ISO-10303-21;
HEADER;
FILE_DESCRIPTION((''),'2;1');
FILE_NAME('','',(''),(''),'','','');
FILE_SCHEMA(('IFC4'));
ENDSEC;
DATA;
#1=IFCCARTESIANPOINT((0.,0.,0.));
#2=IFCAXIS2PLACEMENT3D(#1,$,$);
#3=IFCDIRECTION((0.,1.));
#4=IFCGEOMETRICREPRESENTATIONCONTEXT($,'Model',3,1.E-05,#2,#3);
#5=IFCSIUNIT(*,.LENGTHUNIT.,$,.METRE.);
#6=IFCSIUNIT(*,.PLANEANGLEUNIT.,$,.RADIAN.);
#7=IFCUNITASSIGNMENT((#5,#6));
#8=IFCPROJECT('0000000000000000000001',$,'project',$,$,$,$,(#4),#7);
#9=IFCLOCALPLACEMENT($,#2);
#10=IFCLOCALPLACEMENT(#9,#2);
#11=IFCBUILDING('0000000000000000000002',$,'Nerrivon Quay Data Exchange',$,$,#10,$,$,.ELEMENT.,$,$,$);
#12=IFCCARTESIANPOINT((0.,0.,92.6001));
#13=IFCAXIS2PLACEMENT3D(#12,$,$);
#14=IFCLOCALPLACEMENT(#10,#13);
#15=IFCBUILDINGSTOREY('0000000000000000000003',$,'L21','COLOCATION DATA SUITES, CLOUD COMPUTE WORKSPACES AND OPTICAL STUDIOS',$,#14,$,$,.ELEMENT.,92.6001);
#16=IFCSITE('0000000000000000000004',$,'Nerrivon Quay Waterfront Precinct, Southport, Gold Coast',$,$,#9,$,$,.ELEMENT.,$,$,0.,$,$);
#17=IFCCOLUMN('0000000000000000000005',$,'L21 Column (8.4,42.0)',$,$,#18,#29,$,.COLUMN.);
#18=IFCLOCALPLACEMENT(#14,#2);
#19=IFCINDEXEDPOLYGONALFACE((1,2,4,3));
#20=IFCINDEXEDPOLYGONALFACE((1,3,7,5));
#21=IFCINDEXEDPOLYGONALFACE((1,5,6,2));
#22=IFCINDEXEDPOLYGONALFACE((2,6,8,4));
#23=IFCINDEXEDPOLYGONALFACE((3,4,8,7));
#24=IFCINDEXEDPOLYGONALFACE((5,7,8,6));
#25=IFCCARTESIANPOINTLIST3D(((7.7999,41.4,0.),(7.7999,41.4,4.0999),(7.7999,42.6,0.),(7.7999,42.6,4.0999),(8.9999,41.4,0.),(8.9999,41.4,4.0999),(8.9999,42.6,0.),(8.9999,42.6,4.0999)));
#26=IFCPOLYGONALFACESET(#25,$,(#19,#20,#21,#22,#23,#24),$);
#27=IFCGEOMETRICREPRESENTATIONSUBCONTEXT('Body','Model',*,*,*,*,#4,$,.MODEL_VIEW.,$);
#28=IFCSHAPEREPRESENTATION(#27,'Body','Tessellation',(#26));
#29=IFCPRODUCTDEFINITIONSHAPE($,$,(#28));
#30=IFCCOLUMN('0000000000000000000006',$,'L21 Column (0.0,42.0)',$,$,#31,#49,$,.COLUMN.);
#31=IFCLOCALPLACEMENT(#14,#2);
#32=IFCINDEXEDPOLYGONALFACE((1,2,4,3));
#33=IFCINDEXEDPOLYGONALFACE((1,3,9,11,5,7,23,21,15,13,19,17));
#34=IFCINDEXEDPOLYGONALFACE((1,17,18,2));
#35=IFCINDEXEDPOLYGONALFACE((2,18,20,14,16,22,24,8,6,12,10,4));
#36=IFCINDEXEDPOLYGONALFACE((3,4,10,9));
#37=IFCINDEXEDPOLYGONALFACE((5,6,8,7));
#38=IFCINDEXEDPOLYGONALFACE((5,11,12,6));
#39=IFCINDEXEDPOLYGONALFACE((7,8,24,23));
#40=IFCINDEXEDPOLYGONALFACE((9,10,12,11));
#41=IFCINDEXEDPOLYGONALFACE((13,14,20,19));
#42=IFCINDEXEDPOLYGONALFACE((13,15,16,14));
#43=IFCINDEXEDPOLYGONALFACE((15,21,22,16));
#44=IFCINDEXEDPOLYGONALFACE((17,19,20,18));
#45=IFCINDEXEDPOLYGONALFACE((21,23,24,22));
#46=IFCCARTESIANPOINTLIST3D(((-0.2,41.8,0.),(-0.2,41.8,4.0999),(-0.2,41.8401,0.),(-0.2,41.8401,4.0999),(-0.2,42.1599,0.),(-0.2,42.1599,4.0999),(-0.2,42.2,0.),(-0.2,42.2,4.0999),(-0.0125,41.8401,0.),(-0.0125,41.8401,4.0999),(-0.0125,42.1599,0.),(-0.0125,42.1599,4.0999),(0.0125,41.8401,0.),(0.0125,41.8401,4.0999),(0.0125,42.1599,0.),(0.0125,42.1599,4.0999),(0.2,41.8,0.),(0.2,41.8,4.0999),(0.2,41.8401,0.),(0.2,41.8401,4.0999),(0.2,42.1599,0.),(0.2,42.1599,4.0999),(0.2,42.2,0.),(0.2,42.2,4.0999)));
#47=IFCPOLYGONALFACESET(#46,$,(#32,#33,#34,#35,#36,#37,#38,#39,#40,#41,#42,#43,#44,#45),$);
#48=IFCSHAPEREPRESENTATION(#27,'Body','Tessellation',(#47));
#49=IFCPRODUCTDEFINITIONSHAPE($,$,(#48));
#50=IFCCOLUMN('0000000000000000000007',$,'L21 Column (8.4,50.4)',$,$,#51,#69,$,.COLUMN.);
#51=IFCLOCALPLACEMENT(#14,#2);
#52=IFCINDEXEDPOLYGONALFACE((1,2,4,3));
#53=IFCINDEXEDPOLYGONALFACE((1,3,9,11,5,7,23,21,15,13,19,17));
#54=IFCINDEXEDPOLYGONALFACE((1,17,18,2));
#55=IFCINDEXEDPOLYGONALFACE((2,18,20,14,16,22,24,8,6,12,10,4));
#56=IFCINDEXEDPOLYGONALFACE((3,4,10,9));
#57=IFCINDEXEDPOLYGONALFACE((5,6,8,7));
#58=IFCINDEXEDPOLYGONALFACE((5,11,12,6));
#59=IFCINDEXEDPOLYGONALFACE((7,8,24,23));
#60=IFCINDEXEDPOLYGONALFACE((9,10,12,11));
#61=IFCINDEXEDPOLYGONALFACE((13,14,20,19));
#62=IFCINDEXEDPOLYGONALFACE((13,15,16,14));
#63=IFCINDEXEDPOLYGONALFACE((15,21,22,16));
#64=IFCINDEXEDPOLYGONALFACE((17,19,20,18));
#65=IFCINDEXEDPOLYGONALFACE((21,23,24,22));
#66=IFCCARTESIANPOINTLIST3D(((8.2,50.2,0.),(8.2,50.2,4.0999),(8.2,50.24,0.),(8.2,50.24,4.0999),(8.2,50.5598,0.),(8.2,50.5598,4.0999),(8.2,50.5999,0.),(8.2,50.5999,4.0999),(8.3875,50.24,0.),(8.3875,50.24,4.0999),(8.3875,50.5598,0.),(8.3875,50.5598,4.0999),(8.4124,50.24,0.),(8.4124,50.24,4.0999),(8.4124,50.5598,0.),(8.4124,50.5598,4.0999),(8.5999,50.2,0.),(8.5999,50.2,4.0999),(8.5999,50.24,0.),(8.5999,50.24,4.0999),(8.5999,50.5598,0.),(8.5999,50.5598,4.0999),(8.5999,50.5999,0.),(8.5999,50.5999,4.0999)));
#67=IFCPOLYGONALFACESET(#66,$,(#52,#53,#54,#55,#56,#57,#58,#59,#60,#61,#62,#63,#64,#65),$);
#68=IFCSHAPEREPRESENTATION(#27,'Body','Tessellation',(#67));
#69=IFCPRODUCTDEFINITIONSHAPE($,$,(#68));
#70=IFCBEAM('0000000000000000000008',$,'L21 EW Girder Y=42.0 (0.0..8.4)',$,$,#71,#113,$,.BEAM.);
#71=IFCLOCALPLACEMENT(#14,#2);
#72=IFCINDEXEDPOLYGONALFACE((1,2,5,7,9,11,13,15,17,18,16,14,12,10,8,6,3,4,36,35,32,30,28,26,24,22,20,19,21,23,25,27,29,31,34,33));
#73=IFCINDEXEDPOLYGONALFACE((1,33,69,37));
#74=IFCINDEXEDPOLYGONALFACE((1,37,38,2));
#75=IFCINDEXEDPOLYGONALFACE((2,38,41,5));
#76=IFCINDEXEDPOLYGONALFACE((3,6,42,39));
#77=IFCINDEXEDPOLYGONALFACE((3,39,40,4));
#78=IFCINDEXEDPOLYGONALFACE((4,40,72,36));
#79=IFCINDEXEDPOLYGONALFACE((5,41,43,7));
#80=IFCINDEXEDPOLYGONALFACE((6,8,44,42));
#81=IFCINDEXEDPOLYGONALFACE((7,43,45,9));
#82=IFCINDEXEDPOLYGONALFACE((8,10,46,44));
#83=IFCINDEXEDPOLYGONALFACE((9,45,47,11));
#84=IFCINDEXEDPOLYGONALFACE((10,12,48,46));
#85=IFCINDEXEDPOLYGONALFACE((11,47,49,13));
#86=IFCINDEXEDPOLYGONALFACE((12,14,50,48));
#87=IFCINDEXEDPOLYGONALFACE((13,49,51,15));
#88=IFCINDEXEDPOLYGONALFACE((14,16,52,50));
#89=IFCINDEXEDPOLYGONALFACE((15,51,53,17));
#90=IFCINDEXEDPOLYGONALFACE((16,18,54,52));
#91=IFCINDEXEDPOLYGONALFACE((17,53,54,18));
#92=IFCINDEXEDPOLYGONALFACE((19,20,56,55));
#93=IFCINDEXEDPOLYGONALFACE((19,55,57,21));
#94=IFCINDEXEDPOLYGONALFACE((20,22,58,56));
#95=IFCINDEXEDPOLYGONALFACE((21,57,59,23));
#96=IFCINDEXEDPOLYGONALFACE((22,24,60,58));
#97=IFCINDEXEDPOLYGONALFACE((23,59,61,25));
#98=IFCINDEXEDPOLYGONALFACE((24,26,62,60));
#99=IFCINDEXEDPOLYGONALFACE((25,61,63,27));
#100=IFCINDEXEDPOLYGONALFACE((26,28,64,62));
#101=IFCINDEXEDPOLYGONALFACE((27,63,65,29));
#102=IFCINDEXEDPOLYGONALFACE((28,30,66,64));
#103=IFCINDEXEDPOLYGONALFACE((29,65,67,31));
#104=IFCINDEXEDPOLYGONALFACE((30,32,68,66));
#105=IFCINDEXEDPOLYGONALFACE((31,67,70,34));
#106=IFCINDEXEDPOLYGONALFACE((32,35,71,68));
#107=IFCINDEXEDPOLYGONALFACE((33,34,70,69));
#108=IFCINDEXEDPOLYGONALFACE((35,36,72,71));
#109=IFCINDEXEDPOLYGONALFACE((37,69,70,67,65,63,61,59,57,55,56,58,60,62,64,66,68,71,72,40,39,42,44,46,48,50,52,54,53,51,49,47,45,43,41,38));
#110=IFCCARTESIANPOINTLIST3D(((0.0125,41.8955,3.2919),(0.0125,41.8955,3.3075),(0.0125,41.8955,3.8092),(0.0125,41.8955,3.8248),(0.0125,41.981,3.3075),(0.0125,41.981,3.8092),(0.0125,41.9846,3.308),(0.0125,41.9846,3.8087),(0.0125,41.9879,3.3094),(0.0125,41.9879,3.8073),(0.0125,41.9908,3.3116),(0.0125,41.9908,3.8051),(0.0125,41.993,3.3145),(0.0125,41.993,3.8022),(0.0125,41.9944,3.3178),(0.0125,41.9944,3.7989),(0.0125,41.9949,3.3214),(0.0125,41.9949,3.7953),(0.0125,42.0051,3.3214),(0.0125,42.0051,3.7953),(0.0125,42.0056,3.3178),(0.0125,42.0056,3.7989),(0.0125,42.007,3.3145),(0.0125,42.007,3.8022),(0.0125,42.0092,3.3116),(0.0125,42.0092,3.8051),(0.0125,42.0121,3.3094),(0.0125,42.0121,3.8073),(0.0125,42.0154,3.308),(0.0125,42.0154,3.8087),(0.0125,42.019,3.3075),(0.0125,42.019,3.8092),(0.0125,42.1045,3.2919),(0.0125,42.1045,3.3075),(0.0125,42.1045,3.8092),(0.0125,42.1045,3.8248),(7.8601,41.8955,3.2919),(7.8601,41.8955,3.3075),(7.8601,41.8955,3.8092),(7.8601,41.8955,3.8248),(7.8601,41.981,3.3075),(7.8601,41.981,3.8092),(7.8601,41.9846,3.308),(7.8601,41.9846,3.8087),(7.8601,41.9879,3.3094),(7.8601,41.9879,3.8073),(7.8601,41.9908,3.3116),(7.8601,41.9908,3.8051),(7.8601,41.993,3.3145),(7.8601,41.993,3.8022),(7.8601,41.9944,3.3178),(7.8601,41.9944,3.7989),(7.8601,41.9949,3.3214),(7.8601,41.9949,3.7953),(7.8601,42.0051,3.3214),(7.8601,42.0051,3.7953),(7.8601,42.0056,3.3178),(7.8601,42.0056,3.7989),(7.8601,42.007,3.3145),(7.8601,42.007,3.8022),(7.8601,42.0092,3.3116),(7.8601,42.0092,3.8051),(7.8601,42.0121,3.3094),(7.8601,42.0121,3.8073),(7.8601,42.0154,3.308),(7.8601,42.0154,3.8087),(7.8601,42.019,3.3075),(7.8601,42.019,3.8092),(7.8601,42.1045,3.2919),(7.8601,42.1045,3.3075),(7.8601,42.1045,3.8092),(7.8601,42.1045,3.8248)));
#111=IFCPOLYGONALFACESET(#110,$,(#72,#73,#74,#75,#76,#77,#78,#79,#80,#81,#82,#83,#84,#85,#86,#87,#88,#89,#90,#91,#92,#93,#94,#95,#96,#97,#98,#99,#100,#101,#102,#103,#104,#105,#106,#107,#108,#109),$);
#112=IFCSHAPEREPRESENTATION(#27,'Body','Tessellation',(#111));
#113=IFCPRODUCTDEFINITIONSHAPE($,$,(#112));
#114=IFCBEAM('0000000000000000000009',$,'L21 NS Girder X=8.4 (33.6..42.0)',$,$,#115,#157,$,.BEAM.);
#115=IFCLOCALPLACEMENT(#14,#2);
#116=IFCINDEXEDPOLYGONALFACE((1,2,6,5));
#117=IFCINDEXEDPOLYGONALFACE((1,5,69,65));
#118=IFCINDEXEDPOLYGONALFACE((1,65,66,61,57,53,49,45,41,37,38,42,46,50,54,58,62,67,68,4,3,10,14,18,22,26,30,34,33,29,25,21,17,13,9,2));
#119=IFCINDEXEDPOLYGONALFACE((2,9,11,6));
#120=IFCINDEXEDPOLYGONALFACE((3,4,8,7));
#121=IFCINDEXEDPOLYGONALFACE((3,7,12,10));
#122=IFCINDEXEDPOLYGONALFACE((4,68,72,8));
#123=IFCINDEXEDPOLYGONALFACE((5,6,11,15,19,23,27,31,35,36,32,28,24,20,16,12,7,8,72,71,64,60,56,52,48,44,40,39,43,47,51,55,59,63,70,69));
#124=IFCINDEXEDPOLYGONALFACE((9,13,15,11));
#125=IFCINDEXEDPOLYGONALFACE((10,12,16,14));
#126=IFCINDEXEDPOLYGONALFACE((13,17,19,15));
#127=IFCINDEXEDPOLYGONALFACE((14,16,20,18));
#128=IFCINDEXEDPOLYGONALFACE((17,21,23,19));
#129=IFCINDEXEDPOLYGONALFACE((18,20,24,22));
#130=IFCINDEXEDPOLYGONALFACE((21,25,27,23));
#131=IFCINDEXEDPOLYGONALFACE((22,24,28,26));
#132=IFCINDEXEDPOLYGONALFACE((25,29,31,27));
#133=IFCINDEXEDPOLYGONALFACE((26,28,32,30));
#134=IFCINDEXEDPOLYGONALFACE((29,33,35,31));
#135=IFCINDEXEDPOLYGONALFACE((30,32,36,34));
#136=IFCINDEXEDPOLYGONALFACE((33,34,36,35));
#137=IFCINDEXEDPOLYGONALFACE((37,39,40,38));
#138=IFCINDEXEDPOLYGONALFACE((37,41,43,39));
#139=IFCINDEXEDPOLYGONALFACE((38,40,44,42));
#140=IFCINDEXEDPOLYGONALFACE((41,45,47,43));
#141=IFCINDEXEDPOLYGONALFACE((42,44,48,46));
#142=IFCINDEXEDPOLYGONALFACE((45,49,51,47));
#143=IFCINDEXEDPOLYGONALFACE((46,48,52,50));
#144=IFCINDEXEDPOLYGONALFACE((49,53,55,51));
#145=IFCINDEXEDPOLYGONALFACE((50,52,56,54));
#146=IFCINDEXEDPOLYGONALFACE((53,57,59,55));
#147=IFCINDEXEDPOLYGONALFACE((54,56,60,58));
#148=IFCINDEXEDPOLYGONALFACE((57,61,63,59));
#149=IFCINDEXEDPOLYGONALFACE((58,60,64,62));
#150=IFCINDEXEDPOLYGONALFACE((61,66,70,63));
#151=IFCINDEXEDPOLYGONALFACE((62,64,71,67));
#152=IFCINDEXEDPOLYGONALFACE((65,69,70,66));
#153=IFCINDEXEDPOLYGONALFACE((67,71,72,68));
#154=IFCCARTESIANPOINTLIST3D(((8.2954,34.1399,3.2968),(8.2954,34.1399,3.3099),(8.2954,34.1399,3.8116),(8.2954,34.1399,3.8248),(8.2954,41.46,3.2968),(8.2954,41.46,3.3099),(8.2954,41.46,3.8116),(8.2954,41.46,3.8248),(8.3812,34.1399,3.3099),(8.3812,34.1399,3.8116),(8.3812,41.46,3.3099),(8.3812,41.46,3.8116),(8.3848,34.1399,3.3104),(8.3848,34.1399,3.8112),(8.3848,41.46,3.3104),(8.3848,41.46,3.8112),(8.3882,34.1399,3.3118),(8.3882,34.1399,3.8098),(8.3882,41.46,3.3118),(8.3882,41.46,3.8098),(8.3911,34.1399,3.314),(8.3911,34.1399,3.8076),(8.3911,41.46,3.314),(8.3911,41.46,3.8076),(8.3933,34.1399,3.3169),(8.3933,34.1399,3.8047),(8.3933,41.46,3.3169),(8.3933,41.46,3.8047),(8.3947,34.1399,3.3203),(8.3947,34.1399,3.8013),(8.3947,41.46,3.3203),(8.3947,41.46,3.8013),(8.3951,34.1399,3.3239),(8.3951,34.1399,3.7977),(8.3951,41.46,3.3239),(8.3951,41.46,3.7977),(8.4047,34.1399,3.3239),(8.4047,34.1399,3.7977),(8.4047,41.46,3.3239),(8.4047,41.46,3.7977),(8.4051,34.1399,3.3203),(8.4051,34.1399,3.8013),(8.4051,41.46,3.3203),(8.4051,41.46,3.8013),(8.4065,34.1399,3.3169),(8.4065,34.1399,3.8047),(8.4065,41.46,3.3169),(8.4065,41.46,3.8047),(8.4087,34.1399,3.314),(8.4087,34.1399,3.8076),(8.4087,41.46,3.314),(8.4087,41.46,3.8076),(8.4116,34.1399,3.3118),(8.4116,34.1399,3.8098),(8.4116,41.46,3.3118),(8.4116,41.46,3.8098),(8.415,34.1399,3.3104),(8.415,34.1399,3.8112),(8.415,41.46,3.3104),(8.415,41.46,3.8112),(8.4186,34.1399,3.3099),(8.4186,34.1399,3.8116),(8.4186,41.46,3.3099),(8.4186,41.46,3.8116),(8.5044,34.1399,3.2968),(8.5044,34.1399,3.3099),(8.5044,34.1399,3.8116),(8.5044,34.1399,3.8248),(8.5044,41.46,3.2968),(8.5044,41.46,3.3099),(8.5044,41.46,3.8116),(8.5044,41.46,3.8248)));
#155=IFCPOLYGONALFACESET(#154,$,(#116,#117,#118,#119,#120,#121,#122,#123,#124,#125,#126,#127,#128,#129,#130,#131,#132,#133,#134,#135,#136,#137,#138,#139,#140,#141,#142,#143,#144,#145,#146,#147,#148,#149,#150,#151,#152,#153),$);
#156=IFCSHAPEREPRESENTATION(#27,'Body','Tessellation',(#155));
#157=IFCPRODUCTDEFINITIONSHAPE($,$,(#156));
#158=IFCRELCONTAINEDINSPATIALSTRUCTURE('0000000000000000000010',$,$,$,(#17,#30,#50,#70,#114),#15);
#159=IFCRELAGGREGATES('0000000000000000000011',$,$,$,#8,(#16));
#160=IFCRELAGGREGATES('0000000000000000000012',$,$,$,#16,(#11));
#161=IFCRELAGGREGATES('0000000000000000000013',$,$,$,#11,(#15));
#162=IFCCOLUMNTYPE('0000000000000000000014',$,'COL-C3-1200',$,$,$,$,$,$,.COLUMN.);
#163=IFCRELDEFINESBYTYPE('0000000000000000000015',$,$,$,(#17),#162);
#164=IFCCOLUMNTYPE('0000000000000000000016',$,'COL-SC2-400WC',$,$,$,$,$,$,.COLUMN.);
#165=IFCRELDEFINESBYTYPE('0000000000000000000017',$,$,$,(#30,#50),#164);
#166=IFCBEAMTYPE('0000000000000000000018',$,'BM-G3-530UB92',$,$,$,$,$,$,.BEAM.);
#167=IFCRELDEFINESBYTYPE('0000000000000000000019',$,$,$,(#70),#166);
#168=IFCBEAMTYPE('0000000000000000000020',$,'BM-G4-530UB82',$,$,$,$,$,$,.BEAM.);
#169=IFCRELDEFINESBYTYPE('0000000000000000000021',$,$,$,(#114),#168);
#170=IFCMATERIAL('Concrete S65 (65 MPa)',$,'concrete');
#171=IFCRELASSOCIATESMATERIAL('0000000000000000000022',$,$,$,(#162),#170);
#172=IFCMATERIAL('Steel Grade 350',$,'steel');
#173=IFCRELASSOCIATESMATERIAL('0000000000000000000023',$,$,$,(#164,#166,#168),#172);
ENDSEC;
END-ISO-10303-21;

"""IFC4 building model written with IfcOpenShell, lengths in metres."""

from ifc_helpers import new_model, si_unit, direction, frame, origin, origin_2d, place, context, subcontext, project, spatial, rectangle, i_section, extrude, material, material_profile, profile_set, type_object, element, save


model = new_model("IFC4")

# Units and contexts
model_context = context("Model", 3, precision=1e-05, world=origin(), true_north=direction((0.0, 1.0)))
body_context = subcontext(model_context, "Body", "Model", "MODEL_VIEW")
ifc_project = project(units=[si_unit("LENGTHUNIT", "METRE"), si_unit("PLANEANGLEUNIT", "RADIAN")], contexts=[model_context])

# Site, building, storey
site_placement = place(None, origin())
site = spatial("IfcSite", under=ifc_project, at=site_placement, Name="Nerrivon Quay Waterfront Precinct, Southport, Gold Coast", CompositionType="ELEMENT", RefElevation=0.0)
building_placement = place(site_placement, origin())
building = spatial("IfcBuilding", under=site, at=building_placement, Name="Nerrivon Quay Data Exchange", CompositionType="ELEMENT")
storey_placement = place(building_placement, frame((0.0, 0.0, 92.6001)))
storey = spatial("IfcBuildingStorey", under=building, at=storey_placement, Name="L21", Description="COLOCATION DATA SUITES, CLOUD COMPUTE WORKSPACES AND OPTICAL STUDIOS", CompositionType="ELEMENT", Elevation=92.6001)

# Columns
ifc_material_1 = material(Name="Concrete S65 (65 MPa)", Category="concrete")
ifc_material_profile_1 = material_profile(ifc_material_1, rectangle(XDim=1.2, YDim=1.2, at=origin_2d()), Name="RC-COL-1200x1200")
ifc_profile_set_1 = profile_set([ifc_material_profile_1], Name="Concrete S65 (65 MPa)")
column_type_1 = type_object("IfcColumnType", Name="COL-C3-1200", PredefinedType="COLUMN", material=ifc_profile_set_1)
column_placement = place(storey_placement, frame((8.3999, 42.0, 0.0), z_axis=(0.0, 0.0, 1.0), x_axis=(1.0, 0.0, 0.0)))
element("IfcColumn", 1, at=column_placement, inside=storey, type_object=column_type_1, Name="L21 Column (8.4,42.0)", PredefinedType="COLUMN", context=body_context, shape_type="SweptSolid", body=[
    extrude(rectangle(XDim=1.2, YDim=1.2, at=origin_2d()), origin(), (0.0, 0.0, 1.0), 4.0999),
])
ifc_material_2 = material(Name="Steel Grade 350", Category="steel")
ifc_material_profile_2 = material_profile(ifc_material_2, i_section(OverallWidth=0.3999, OverallDepth=0.3999, WebThickness=0.0249, FlangeThickness=0.04, at=origin_2d()), Name="400WC328")
ifc_profile_set_2 = profile_set([ifc_material_profile_2], Name="Steel Grade 350")
column_type_2 = type_object("IfcColumnType", Name="COL-SC2-400WC", PredefinedType="COLUMN", material=ifc_profile_set_2)
for number, where, z_axis, x_axis, name in (
    (2, (0.0, 42.0, 0.0), (0.0, 0.0, 1.0), (1.0, 0.0, 0.0), "L21 Column (0.0,42.0)"),
    (3, (8.3999, 50.3999, 0.0), (0.0, 0.0, 1.0), (1.0, 0.0, 0.0), "L21 Column (8.4,50.4)"),
):
    element("IfcColumn", number, at=place(storey_placement, frame(where, z_axis=z_axis, x_axis=x_axis)), inside=storey, type_object=column_type_2, Name=name, PredefinedType="COLUMN", context=body_context, shape_type="SweptSolid", body=[
        extrude(i_section(OverallWidth=0.3999, OverallDepth=0.3999, WebThickness=0.0249, FlangeThickness=0.04, at=origin_2d()), origin(), (0.0, 0.0, 1.0), 4.0999),
    ])

# Beams
ifc_material_profile_3 = material_profile(ifc_material_2, i_section(OverallWidth=0.209, OverallDepth=0.533, WebThickness=0.0103, FlangeThickness=0.0156, FilletRadius=0.0139, at=origin_2d()), Name="530UB92.4")
ifc_profile_set_3 = profile_set([ifc_material_profile_3], Name="Steel Grade 350")
beam_type_1 = type_object("IfcBeamType", Name="BM-G3-530UB92", PredefinedType="BEAM", material=ifc_profile_set_3)
beam_1_placement = place(storey_placement, frame((0.0125, 42.0, 3.5583), z_axis=(1.0, 0.0, 0.0), x_axis=(0.0, 1.0, 0.0)))
element("IfcBeam", 4, at=beam_1_placement, inside=storey, type_object=beam_type_1, Name="L21 EW Girder Y=42.0 (0.0..8.4)", PredefinedType="BEAM", context=body_context, shape_type="SweptSolid", body=[
    extrude(i_section(OverallWidth=0.209, OverallDepth=0.533, WebThickness=0.0103, FlangeThickness=0.0156, FilletRadius=0.0139, at=origin_2d()), origin(), (0.0, 0.0, 1.0), 7.8477),
])
ifc_material_profile_4 = material_profile(ifc_material_2, i_section(OverallWidth=0.209, OverallDepth=0.5281, WebThickness=0.0095, FlangeThickness=0.0132, FilletRadius=0.0139, at=origin_2d()), Name="530UB82.0")
ifc_profile_set_4 = profile_set([ifc_material_profile_4], Name="Steel Grade 350")
beam_type_2 = type_object("IfcBeamType", Name="BM-G4-530UB82", PredefinedType="BEAM", material=ifc_profile_set_4)
beam_2_placement = place(storey_placement, frame((8.3999, 34.1399, 3.5608), z_axis=(0.0, 1.0, 0.0), x_axis=(-1.0, 0.0, 0.0)))
element("IfcBeam", 5, at=beam_2_placement, inside=storey, type_object=beam_type_2, Name="L21 NS Girder X=8.4 (33.6..42.0)", PredefinedType="BEAM", context=body_context, shape_type="SweptSolid", body=[
    extrude(i_section(OverallWidth=0.209, OverallDepth=0.5281, WebThickness=0.0095, FlangeThickness=0.0132, FilletRadius=0.0139, at=origin_2d()), origin(), (0.0, 0.0, 1.0), 7.3201),
])

save(model, "model.ifc")
